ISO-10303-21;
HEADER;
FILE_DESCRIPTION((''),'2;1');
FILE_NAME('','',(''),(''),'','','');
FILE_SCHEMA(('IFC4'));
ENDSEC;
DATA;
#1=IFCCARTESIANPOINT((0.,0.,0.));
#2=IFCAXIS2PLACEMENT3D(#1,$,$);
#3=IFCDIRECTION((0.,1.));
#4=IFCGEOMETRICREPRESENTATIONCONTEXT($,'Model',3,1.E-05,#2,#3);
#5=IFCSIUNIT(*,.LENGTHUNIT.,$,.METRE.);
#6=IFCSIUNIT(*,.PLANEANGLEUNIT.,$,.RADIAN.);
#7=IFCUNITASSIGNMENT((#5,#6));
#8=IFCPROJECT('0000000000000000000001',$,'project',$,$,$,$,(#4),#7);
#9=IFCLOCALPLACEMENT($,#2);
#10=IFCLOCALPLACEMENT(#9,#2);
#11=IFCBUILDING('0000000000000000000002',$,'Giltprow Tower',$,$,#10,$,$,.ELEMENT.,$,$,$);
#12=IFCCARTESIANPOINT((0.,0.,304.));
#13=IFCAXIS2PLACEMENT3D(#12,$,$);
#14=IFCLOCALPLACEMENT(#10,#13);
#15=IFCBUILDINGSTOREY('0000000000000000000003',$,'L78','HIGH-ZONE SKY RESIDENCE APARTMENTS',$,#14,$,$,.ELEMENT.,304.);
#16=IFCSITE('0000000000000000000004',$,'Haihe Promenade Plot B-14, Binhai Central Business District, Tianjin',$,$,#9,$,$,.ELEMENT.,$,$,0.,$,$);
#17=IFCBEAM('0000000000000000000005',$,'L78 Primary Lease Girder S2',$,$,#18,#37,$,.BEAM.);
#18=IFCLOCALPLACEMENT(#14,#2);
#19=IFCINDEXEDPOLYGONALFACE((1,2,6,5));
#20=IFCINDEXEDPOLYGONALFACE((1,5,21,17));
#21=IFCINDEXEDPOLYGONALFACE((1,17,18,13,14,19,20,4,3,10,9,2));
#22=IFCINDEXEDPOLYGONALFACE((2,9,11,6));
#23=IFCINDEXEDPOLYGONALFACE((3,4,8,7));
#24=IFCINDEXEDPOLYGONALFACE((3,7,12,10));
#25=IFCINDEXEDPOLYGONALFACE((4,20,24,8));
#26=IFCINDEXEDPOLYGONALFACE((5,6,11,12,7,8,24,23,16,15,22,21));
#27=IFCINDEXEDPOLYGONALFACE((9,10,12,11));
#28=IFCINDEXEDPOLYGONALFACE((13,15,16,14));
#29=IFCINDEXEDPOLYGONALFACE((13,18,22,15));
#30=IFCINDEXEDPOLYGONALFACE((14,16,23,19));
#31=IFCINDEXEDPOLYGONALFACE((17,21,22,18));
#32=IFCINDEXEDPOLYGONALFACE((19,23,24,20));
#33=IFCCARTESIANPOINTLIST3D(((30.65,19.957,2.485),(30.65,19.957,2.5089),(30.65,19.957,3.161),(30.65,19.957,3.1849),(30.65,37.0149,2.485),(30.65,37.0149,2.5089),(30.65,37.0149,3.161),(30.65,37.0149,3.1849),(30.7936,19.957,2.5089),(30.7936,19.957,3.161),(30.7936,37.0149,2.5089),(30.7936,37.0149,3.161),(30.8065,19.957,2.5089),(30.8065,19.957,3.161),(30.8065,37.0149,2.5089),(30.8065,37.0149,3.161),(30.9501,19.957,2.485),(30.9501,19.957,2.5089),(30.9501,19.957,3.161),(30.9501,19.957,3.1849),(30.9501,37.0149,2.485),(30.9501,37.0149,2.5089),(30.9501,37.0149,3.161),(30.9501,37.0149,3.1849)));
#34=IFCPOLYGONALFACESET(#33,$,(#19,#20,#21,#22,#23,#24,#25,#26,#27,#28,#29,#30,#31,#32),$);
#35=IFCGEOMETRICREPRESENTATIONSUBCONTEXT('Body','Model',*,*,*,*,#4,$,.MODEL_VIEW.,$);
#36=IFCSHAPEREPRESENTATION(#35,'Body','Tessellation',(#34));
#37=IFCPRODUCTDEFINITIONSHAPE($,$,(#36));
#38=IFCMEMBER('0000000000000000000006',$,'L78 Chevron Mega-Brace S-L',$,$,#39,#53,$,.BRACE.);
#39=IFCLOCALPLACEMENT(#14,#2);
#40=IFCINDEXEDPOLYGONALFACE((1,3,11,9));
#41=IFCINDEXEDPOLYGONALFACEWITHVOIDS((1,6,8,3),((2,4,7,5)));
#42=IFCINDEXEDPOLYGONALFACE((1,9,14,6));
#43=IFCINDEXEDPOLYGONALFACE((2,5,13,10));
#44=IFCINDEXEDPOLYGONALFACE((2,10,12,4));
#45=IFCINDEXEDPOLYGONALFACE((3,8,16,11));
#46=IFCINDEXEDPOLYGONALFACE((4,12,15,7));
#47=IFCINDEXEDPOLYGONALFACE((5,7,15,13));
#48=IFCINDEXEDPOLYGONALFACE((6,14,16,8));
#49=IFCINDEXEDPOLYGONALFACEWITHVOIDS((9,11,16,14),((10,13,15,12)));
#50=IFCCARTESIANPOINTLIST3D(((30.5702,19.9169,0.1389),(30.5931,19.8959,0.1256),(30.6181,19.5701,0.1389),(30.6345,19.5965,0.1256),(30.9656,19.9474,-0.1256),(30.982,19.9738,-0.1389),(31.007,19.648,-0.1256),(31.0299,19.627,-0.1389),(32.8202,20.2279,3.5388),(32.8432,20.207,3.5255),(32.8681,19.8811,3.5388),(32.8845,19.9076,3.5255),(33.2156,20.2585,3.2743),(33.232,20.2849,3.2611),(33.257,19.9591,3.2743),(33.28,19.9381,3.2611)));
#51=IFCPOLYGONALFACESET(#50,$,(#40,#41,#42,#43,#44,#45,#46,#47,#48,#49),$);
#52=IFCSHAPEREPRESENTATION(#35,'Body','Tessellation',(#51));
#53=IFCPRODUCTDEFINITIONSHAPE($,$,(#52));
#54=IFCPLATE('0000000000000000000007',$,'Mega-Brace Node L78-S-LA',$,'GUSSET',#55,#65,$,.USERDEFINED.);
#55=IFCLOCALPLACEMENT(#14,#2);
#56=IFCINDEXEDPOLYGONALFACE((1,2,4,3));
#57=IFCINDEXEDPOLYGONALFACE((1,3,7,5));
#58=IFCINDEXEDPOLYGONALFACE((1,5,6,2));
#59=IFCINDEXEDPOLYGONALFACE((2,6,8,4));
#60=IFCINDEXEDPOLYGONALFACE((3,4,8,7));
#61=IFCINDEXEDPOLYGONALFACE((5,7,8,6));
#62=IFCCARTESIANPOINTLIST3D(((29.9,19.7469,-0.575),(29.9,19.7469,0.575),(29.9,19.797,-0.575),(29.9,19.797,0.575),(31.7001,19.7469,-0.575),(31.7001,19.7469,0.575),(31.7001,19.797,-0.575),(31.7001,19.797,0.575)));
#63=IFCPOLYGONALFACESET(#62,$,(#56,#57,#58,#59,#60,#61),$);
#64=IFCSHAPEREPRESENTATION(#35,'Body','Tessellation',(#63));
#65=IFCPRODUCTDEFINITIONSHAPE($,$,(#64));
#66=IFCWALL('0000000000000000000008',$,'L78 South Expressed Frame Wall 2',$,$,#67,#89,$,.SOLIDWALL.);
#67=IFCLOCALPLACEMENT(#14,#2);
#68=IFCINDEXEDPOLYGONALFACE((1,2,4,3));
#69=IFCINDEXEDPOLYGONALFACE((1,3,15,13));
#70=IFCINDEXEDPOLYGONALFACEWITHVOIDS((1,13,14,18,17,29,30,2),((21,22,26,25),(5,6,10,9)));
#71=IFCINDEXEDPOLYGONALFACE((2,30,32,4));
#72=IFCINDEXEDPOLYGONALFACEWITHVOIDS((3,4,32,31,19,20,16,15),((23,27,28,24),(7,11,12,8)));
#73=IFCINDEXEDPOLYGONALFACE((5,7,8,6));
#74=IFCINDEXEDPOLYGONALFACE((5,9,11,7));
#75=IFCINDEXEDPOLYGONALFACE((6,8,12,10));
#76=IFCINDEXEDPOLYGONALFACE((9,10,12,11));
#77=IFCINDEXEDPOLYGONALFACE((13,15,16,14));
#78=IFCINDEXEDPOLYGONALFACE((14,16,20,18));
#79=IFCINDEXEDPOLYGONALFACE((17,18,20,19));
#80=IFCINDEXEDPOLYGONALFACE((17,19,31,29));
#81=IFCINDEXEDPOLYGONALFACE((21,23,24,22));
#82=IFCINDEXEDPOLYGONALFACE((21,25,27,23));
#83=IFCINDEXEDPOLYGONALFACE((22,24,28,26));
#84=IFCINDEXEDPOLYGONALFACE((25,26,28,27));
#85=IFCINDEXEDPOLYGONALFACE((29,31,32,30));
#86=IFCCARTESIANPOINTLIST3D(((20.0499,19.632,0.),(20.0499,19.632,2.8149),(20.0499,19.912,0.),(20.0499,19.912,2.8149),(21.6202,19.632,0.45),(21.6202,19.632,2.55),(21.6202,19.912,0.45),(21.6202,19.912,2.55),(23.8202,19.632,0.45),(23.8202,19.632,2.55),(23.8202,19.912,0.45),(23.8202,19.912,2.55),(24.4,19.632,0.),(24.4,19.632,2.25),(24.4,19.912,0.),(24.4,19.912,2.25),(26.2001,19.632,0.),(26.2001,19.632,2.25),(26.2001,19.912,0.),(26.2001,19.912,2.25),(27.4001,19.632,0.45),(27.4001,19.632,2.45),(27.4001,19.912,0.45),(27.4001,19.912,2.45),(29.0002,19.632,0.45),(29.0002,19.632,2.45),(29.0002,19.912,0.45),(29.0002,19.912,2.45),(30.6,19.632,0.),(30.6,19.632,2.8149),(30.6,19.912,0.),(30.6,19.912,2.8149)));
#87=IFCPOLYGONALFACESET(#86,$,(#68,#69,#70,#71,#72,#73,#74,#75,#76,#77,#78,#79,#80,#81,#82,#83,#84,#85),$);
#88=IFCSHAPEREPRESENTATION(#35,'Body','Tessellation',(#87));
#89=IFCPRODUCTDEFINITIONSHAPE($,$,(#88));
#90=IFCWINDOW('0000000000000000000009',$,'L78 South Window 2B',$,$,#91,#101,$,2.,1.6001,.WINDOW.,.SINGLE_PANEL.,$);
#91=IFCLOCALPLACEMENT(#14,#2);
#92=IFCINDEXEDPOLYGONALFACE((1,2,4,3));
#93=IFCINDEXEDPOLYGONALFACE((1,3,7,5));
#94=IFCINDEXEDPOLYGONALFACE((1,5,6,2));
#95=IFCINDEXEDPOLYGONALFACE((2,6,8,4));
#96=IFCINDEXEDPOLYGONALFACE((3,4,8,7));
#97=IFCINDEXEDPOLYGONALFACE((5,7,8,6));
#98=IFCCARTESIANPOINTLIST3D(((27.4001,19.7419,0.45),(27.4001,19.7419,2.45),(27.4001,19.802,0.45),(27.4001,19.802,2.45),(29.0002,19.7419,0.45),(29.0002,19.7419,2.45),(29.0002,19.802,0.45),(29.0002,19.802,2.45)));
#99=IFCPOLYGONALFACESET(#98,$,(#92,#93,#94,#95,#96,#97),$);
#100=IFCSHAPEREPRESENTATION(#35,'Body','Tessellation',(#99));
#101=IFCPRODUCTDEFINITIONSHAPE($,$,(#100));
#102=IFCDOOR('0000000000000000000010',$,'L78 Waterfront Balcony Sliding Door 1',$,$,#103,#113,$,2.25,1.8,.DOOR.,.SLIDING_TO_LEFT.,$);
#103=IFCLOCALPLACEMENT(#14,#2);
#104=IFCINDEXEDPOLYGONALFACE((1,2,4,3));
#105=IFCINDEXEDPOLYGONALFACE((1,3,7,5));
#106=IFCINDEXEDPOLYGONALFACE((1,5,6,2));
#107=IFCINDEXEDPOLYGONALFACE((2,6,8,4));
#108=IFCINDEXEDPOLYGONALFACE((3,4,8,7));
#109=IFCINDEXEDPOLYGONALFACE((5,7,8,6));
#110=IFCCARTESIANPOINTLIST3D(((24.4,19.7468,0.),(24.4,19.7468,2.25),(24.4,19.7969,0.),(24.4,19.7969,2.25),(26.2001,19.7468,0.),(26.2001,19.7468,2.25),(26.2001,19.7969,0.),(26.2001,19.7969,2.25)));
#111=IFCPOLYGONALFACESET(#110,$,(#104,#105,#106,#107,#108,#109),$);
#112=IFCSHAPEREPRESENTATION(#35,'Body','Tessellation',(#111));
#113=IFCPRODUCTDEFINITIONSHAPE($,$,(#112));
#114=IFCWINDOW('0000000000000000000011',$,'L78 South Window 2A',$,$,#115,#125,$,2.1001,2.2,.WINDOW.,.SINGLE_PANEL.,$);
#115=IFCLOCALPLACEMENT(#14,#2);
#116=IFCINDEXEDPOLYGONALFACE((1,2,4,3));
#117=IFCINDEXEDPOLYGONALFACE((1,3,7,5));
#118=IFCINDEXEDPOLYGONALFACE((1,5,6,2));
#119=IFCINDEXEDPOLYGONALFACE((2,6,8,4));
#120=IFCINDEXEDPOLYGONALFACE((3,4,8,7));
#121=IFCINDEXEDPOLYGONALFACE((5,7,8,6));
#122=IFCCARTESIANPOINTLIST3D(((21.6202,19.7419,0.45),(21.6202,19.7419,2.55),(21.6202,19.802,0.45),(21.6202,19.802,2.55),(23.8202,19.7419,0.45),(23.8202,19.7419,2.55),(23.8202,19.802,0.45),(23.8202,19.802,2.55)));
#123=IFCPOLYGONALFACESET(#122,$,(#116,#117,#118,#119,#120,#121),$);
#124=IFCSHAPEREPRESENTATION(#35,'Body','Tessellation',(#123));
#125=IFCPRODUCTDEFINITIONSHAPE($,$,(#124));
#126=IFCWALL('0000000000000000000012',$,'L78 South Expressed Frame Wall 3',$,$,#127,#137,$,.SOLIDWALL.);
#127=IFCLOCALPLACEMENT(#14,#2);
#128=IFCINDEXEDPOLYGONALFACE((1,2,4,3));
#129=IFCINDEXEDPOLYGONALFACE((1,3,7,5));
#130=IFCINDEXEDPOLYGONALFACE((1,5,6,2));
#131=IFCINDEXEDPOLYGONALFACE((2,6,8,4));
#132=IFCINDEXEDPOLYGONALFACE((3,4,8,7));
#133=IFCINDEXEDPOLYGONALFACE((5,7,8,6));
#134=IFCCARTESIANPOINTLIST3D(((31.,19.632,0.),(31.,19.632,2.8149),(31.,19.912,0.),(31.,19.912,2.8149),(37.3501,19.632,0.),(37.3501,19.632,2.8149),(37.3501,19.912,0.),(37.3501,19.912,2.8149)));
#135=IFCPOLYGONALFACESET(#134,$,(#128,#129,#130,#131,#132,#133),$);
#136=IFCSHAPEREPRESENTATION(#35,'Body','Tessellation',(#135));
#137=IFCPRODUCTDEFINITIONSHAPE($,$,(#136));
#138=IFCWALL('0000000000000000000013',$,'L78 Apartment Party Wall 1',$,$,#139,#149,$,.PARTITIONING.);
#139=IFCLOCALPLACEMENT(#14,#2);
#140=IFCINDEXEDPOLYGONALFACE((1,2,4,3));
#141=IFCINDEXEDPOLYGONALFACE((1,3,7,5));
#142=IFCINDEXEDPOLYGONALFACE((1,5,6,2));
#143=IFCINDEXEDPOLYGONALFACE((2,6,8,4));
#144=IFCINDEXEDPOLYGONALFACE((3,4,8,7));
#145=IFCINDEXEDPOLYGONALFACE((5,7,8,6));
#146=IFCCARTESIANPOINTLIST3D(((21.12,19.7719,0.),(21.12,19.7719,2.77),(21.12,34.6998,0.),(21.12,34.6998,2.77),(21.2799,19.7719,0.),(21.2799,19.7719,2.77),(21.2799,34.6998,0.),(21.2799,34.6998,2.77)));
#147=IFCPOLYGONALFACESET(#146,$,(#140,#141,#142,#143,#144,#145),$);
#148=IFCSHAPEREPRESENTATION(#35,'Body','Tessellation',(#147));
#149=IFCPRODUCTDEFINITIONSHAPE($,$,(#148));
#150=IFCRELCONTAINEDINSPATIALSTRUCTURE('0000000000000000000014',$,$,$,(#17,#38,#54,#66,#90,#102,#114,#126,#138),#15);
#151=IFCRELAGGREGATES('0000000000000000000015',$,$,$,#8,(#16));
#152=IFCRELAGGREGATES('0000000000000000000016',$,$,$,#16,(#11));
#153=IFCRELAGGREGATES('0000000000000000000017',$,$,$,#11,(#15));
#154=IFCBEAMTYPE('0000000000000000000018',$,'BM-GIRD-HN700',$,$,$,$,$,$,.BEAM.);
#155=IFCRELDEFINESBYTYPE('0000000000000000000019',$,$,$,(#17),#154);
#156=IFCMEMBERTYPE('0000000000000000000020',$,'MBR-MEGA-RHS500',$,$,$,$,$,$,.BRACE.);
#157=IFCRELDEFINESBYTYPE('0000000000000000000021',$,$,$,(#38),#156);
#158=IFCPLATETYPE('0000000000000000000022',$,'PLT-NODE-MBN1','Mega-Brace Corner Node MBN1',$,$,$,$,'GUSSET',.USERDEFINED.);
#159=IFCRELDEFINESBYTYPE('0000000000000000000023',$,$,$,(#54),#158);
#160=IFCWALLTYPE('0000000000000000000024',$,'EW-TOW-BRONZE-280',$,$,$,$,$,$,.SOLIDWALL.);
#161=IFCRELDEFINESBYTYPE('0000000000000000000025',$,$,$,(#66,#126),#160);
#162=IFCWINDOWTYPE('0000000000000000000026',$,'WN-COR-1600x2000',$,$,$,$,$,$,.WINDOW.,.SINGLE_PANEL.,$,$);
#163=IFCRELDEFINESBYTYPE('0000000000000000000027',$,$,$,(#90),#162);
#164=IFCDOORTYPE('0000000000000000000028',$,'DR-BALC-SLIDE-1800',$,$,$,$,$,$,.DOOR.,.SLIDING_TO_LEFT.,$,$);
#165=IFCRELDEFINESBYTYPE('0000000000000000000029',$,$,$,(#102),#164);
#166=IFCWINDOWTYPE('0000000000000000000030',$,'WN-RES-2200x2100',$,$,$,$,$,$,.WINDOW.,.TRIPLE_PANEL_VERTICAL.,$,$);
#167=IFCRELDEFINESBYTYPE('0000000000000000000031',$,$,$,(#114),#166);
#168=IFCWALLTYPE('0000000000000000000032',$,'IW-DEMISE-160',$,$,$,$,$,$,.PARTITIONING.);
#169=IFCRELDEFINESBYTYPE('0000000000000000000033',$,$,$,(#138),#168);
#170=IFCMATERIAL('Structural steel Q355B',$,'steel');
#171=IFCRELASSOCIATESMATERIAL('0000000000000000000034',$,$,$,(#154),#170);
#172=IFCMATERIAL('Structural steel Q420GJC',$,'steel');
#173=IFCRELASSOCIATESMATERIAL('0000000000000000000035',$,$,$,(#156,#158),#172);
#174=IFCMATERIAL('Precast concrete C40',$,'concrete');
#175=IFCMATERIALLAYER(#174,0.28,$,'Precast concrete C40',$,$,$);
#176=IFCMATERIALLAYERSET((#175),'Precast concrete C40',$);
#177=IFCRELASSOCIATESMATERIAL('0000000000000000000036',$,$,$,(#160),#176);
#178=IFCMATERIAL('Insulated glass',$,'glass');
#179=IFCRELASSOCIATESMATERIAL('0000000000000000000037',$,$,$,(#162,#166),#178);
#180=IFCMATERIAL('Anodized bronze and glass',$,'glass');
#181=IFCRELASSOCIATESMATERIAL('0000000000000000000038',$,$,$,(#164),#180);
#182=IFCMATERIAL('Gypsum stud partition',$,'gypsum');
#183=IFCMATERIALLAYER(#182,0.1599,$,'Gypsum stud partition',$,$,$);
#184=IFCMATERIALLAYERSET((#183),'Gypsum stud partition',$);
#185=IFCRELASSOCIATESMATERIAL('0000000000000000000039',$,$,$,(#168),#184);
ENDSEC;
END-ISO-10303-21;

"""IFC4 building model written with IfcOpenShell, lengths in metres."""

from ifc_helpers import new_model, si_unit, direction, frame, frame_2d, origin, origin_2d, place, context, subcontext, project, spatial, rectangle, hollow_rectangle, i_section, extrude, source, transform, mapped, material, layer, layer_set, material_profile, profile_set, type_object, element, fill, save


model = new_model("IFC4")

# Units and contexts
model_context = context("Model", 3, precision=1e-05, world=origin(), true_north=direction((0.0, 1.0)))
body_context = subcontext(model_context, "Body", "Model", "MODEL_VIEW")
ifc_project = project(units=[si_unit("LENGTHUNIT", "METRE"), si_unit("PLANEANGLEUNIT", "RADIAN")], contexts=[model_context])

# Site, building, storey
site_placement = place(None, origin())
site = spatial("IfcSite", under=ifc_project, at=site_placement, Name="Haihe Promenade Plot B-14, Binhai Central Business District, Tianjin", CompositionType="ELEMENT", RefElevation=0.0)
building_placement = place(site_placement, origin())
building = spatial("IfcBuilding", under=site, at=building_placement, Name="Giltprow Tower", CompositionType="ELEMENT")
storey_placement = place(building_placement, frame((0.0, 0.0, 304.0)))
storey = spatial("IfcBuildingStorey", under=building, at=storey_placement, Name="L78", Description="HIGH-ZONE SKY RESIDENCE APARTMENTS", CompositionType="ELEMENT", Elevation=304.0)

# Shared definitions
ifc_material_1 = material(Name="Structural steel Q355B", Category="steel")

# Beam
ifc_material_profile_1 = material_profile(ifc_material_1, i_section(OverallWidth=0.3, OverallDepth=0.7, WebThickness=0.0129, FlangeThickness=0.0239, at=origin_2d()), Name="HN 700x300x13x24")
ifc_profile_set_1 = profile_set([ifc_material_profile_1], Name="Structural steel Q355B")
beam_type_1 = type_object("IfcBeamType", Name="BM-GIRD-HN700", PredefinedType="BEAM", material=ifc_profile_set_1)
shared_shape_1 = source(origin(), body_context, "Body", "SweptSolid", [
    extrude(i_section(OverallWidth=0.3, OverallDepth=0.7, WebThickness=0.0129, FlangeThickness=0.0239, at=origin_2d()), origin(), (0.0, 0.0, 1.0), 17.0579),
])
for number, where, z_axis, x_axis, name in (
    (1, (30.8, 19.957, 2.835), (0.0, 1.0, 0.0), (-1.0, 0.0, 0.0), "L78 Primary Lease Girder S2"),
):
    element("IfcBeam", number, at=place(storey_placement, frame(where, z_axis=z_axis, x_axis=x_axis)), inside=storey, type_object=beam_type_1, Name=name, PredefinedType="BEAM", context=body_context, shape_type="MappedRepresentation", body=[
        mapped(shared_shape_1, transform((0.0, 0.0, 0.0), x_axis=(1.0, 0.0, 0.0), y_axis=(0.0, 1.0, 0.0), z_axis=(0.0, 0.0, 1.0), scale=1.0)),
    ])

# Member
ifc_material_2 = material(Name="Structural steel Q420GJC", Category="steel")
ifc_material_profile_2 = material_profile(ifc_material_2, hollow_rectangle(XDim=0.3501, YDim=0.5, WallThickness=0.0239, at=origin_2d()), Name="RHS 500x350x24")
ifc_profile_set_2 = profile_set([ifc_material_profile_2], Name="Structural steel Q420GJC")
member_type = type_object("IfcMemberType", Name="MBR-MEGA-RHS500", PredefinedType="BRACE", material=ifc_profile_set_2)
shared_shape_2 = source(origin(), body_context, "Body", "SweptSolid", [
    extrude(hollow_rectangle(XDim=0.3501, YDim=0.5, WallThickness=0.0239, at=origin_2d()), origin(), (0.0, 0.0, 1.0), 4.0889),
])
member_placement = place(storey_placement, frame((30.8, 19.772, 0.0), z_axis=(0.550279, 0.076069, 0.831509), x_axis=(-0.136936, 0.99058, 0.0)))
element("IfcMember", 2, at=member_placement, inside=storey, type_object=member_type, Name="L78 Chevron Mega-Brace S-L", PredefinedType="BRACE", context=body_context, shape_type="MappedRepresentation", body=[
    mapped(shared_shape_2, transform((0.0, 0.0, 0.0), x_axis=(1.0, 0.0, 0.0), y_axis=(0.0, 1.0, 0.0), z_axis=(0.0, 0.0, 1.0), scale=1.0)),
])

# Plate
plate_type = type_object("IfcPlateType", Name="PLT-NODE-MBN1", Description="Mega-Brace Corner Node MBN1", ElementType="GUSSET", PredefinedType="USERDEFINED", material=ifc_material_2)
shared_shape_3 = source(origin(), body_context, "Body", "SweptSolid", [
    extrude(rectangle(XDim=1.8, YDim=0.05, at=origin_2d()), origin(), (0.0, 0.0, 1.0), 1.1499),
])
plate_placement = place(storey_placement, frame((30.8, 19.772, -0.575), z_axis=(0.0, 0.0, 1.0), x_axis=(1.0, 0.0, 0.0)))
element("IfcPlate", 3, at=plate_placement, inside=storey, type_object=plate_type, Name="Mega-Brace Node L78-S-LA", ObjectType="GUSSET", PredefinedType="USERDEFINED", context=body_context, shape_type="MappedRepresentation", body=[
    mapped(shared_shape_3, transform((0.0, 0.0, 0.0), x_axis=(1.0, 0.0, 0.0), y_axis=(0.0, 1.0, 0.0), z_axis=(0.0, 0.0, 1.0), scale=1.0)),
])

# Wall, openings, windows, door
ifc_material_3 = material(Name="Precast concrete C40", Category="concrete")
ifc_layer_1 = layer(ifc_material_3, 0.28, Name="Precast concrete C40")
ifc_layer_set_1 = layer_set([ifc_layer_1], Name="Precast concrete C40")
wall_type_1 = type_object("IfcWallType", Name="EW-TOW-BRONZE-280", PredefinedType="SOLIDWALL", material=ifc_layer_set_1)
wall_1_placement = place(storey_placement, frame((20.05, 19.772, 0.0), z_axis=(0.0, 0.0, 1.0), x_axis=(1.0, 0.0, 0.0)))
wall_1 = element("IfcWall", 4, at=wall_1_placement, inside=storey, type_object=wall_type_1, Name="L78 South Expressed Frame Wall 2", PredefinedType="SOLIDWALL", context=body_context, shape_type="SweptSolid", body=[
    extrude(rectangle(XDim=10.55, YDim=0.28, at=frame_2d((5.2749, 0.0))), origin(), (0.0, 0.0, 1.0), 2.8149),
])
opening_1_placement = place(wall_1_placement, frame((4.3501, 0.0, 0.0)))
opening_1 = element("IfcOpeningElement", 5, at=opening_1_placement, cuts=wall_1, PredefinedType="OPENING", context=body_context, shape_type="SweptSolid", body=[
    extrude(rectangle(XDim=1.8, YDim=2.25, at=frame_2d((0.8999, 1.125))), frame((0.0, 0.1499, 0.0), z_axis=(0.0, -1.0, 0.0), x_axis=(1.0, 0.0, 0.0)), (0.0, 0.0, 1.0), 0.3),
])
opening_2_placement = place(wall_1_placement, frame((1.5701, 0.0, 0.45)))
opening_2 = element("IfcOpeningElement", 6, at=opening_2_placement, cuts=wall_1, PredefinedType="OPENING", context=body_context, shape_type="SweptSolid", body=[
    extrude(rectangle(XDim=2.2, YDim=2.1001, at=frame_2d((1.1001, 1.05))), frame((0.0, 0.1499, 0.0), z_axis=(0.0, -1.0, 0.0), x_axis=(1.0, 0.0, 0.0)), (0.0, 0.0, 1.0), 0.3),
])
opening_3_placement = place(wall_1_placement, frame((7.3501, 0.0, 0.45)))
opening_3 = element("IfcOpeningElement", 7, at=opening_3_placement, cuts=wall_1, PredefinedType="OPENING", context=body_context, shape_type="SweptSolid", body=[
    extrude(rectangle(XDim=1.6001, YDim=2.0, at=frame_2d((0.8, 1.0))), frame((0.0, 0.1499, 0.0), z_axis=(0.0, -1.0, 0.0), x_axis=(1.0, 0.0, 0.0)), (0.0, 0.0, 1.0), 0.3),
])
ifc_material_4 = material(Name="Insulated glass", Category="glass")
window_type_1 = type_object("IfcWindowType", Name="WN-COR-1600x2000", PartitioningType="SINGLE_PANEL", PredefinedType="WINDOW", material=ifc_material_4)
shared_shape_4 = source(origin(), body_context, "Body", "SweptSolid", [
    extrude(rectangle(XDim=1.6001, YDim=2.0, at=frame_2d((0.8, 1.0))), frame((0.0, 0.03, 0.0), z_axis=(0.0, -1.0, 0.0), x_axis=(1.0, 0.0, 0.0)), (0.0, 0.0, 1.0), 0.0601),
])
window_1_placement = place(opening_3_placement, origin())
window_1 = element("IfcWindow", 8, at=window_1_placement, inside=storey, type_object=window_type_1, Name="L78 South Window 2B", OverallHeight=2.0, OverallWidth=1.6001, PartitioningType="SINGLE_PANEL", PredefinedType="WINDOW", context=body_context, shape_type="MappedRepresentation", body=[
    mapped(shared_shape_4, transform((0.0, 0.0, 0.0), x_axis=(1.0, 0.0, 0.0), y_axis=(0.0, 1.0, 0.0), z_axis=(0.0, 0.0, 1.0), scale=1.0)),
])
fill(opening_3, window_1)
ifc_material_5 = material(Name="Anodized bronze and glass", Category="glass")
door_type_1 = type_object("IfcDoorType", Name="DR-BALC-SLIDE-1800", OperationType="SLIDING_TO_LEFT", PredefinedType="DOOR", material=ifc_material_5)
shared_shape_5 = source(origin(), body_context, "Body", "SweptSolid", [
    extrude(rectangle(XDim=1.8, YDim=2.25, at=frame_2d((0.8999, 1.125))), frame((0.0, 0.0249, 0.0), z_axis=(0.0, -1.0, 0.0), x_axis=(1.0, 0.0, 0.0)), (0.0, 0.0, 1.0), 0.05),
])
door_1_placement = place(opening_1_placement, origin())
door_1 = element("IfcDoor", 9, at=door_1_placement, inside=storey, type_object=door_type_1, Name="L78 Waterfront Balcony Sliding Door 1", OperationType="SLIDING_TO_LEFT", OverallHeight=2.25, OverallWidth=1.8, PredefinedType="DOOR", context=body_context, shape_type="MappedRepresentation", body=[
    mapped(shared_shape_5, transform((0.0, 0.0, 0.0), x_axis=(1.0, 0.0, 0.0), y_axis=(0.0, 1.0, 0.0), z_axis=(0.0, 0.0, 1.0), scale=1.0)),
])
fill(opening_1, door_1)
window_type_2 = type_object("IfcWindowType", Name="WN-RES-2200x2100", PartitioningType="TRIPLE_PANEL_VERTICAL", PredefinedType="WINDOW", material=ifc_material_4)
shared_shape_6 = source(origin(), body_context, "Body", "SweptSolid", [
    extrude(rectangle(XDim=2.2, YDim=2.1001, at=frame_2d((1.1001, 1.05))), frame((0.0, 0.03, 0.0), z_axis=(0.0, -1.0, 0.0), x_axis=(1.0, 0.0, 0.0)), (0.0, 0.0, 1.0), 0.0601),
])
window_2_placement = place(opening_2_placement, origin())
window_2 = element("IfcWindow", 10, at=window_2_placement, inside=storey, type_object=window_type_2, Name="L78 South Window 2A", OverallHeight=2.1001, OverallWidth=2.2, PartitioningType="SINGLE_PANEL", PredefinedType="WINDOW", context=body_context, shape_type="MappedRepresentation", body=[
    mapped(shared_shape_6, transform((0.0, 0.0, 0.0), x_axis=(1.0, 0.0, 0.0), y_axis=(0.0, 1.0, 0.0), z_axis=(0.0, 0.0, 1.0), scale=1.0)),
])
fill(opening_2, window_2)

# Walls
wall_2_placement = place(storey_placement, frame((31.0, 19.772, 0.0), z_axis=(0.0, 0.0, 1.0), x_axis=(1.0, 0.0, 0.0)))
element("IfcWall", 11, at=wall_2_placement, inside=storey, type_object=wall_type_1, Name="L78 South Expressed Frame Wall 3", PredefinedType="SOLIDWALL", context=body_context, shape_type="SweptSolid", body=[
    extrude(rectangle(XDim=6.3501, YDim=0.28, at=frame_2d((3.175, 0.0))), origin(), (0.0, 0.0, 1.0), 2.8149),
])
ifc_material_6 = material(Name="Gypsum stud partition", Category="gypsum")
ifc_layer_2 = layer(ifc_material_6, 0.1599, Name="Gypsum stud partition")
ifc_layer_set_2 = layer_set([ifc_layer_2], Name="Gypsum stud partition")
wall_type_2 = type_object("IfcWallType", Name="IW-DEMISE-160", PredefinedType="PARTITIONING", material=ifc_layer_set_2)
wall_3_placement = place(storey_placement, frame((21.2, 19.772, 0.0), z_axis=(0.0, 0.0, 1.0), x_axis=(0.0, 1.0, 0.0)))
element("IfcWall", 12, at=wall_3_placement, inside=storey, type_object=wall_type_2, Name="L78 Apartment Party Wall 1", PredefinedType="PARTITIONING", context=body_context, shape_type="SweptSolid", body=[
    extrude(rectangle(XDim=14.928, YDim=0.1599, at=frame_2d((7.4639, 0.0))), origin(), (0.0, 0.0, 1.0), 2.77),
])

save(model, "model.ifc")
